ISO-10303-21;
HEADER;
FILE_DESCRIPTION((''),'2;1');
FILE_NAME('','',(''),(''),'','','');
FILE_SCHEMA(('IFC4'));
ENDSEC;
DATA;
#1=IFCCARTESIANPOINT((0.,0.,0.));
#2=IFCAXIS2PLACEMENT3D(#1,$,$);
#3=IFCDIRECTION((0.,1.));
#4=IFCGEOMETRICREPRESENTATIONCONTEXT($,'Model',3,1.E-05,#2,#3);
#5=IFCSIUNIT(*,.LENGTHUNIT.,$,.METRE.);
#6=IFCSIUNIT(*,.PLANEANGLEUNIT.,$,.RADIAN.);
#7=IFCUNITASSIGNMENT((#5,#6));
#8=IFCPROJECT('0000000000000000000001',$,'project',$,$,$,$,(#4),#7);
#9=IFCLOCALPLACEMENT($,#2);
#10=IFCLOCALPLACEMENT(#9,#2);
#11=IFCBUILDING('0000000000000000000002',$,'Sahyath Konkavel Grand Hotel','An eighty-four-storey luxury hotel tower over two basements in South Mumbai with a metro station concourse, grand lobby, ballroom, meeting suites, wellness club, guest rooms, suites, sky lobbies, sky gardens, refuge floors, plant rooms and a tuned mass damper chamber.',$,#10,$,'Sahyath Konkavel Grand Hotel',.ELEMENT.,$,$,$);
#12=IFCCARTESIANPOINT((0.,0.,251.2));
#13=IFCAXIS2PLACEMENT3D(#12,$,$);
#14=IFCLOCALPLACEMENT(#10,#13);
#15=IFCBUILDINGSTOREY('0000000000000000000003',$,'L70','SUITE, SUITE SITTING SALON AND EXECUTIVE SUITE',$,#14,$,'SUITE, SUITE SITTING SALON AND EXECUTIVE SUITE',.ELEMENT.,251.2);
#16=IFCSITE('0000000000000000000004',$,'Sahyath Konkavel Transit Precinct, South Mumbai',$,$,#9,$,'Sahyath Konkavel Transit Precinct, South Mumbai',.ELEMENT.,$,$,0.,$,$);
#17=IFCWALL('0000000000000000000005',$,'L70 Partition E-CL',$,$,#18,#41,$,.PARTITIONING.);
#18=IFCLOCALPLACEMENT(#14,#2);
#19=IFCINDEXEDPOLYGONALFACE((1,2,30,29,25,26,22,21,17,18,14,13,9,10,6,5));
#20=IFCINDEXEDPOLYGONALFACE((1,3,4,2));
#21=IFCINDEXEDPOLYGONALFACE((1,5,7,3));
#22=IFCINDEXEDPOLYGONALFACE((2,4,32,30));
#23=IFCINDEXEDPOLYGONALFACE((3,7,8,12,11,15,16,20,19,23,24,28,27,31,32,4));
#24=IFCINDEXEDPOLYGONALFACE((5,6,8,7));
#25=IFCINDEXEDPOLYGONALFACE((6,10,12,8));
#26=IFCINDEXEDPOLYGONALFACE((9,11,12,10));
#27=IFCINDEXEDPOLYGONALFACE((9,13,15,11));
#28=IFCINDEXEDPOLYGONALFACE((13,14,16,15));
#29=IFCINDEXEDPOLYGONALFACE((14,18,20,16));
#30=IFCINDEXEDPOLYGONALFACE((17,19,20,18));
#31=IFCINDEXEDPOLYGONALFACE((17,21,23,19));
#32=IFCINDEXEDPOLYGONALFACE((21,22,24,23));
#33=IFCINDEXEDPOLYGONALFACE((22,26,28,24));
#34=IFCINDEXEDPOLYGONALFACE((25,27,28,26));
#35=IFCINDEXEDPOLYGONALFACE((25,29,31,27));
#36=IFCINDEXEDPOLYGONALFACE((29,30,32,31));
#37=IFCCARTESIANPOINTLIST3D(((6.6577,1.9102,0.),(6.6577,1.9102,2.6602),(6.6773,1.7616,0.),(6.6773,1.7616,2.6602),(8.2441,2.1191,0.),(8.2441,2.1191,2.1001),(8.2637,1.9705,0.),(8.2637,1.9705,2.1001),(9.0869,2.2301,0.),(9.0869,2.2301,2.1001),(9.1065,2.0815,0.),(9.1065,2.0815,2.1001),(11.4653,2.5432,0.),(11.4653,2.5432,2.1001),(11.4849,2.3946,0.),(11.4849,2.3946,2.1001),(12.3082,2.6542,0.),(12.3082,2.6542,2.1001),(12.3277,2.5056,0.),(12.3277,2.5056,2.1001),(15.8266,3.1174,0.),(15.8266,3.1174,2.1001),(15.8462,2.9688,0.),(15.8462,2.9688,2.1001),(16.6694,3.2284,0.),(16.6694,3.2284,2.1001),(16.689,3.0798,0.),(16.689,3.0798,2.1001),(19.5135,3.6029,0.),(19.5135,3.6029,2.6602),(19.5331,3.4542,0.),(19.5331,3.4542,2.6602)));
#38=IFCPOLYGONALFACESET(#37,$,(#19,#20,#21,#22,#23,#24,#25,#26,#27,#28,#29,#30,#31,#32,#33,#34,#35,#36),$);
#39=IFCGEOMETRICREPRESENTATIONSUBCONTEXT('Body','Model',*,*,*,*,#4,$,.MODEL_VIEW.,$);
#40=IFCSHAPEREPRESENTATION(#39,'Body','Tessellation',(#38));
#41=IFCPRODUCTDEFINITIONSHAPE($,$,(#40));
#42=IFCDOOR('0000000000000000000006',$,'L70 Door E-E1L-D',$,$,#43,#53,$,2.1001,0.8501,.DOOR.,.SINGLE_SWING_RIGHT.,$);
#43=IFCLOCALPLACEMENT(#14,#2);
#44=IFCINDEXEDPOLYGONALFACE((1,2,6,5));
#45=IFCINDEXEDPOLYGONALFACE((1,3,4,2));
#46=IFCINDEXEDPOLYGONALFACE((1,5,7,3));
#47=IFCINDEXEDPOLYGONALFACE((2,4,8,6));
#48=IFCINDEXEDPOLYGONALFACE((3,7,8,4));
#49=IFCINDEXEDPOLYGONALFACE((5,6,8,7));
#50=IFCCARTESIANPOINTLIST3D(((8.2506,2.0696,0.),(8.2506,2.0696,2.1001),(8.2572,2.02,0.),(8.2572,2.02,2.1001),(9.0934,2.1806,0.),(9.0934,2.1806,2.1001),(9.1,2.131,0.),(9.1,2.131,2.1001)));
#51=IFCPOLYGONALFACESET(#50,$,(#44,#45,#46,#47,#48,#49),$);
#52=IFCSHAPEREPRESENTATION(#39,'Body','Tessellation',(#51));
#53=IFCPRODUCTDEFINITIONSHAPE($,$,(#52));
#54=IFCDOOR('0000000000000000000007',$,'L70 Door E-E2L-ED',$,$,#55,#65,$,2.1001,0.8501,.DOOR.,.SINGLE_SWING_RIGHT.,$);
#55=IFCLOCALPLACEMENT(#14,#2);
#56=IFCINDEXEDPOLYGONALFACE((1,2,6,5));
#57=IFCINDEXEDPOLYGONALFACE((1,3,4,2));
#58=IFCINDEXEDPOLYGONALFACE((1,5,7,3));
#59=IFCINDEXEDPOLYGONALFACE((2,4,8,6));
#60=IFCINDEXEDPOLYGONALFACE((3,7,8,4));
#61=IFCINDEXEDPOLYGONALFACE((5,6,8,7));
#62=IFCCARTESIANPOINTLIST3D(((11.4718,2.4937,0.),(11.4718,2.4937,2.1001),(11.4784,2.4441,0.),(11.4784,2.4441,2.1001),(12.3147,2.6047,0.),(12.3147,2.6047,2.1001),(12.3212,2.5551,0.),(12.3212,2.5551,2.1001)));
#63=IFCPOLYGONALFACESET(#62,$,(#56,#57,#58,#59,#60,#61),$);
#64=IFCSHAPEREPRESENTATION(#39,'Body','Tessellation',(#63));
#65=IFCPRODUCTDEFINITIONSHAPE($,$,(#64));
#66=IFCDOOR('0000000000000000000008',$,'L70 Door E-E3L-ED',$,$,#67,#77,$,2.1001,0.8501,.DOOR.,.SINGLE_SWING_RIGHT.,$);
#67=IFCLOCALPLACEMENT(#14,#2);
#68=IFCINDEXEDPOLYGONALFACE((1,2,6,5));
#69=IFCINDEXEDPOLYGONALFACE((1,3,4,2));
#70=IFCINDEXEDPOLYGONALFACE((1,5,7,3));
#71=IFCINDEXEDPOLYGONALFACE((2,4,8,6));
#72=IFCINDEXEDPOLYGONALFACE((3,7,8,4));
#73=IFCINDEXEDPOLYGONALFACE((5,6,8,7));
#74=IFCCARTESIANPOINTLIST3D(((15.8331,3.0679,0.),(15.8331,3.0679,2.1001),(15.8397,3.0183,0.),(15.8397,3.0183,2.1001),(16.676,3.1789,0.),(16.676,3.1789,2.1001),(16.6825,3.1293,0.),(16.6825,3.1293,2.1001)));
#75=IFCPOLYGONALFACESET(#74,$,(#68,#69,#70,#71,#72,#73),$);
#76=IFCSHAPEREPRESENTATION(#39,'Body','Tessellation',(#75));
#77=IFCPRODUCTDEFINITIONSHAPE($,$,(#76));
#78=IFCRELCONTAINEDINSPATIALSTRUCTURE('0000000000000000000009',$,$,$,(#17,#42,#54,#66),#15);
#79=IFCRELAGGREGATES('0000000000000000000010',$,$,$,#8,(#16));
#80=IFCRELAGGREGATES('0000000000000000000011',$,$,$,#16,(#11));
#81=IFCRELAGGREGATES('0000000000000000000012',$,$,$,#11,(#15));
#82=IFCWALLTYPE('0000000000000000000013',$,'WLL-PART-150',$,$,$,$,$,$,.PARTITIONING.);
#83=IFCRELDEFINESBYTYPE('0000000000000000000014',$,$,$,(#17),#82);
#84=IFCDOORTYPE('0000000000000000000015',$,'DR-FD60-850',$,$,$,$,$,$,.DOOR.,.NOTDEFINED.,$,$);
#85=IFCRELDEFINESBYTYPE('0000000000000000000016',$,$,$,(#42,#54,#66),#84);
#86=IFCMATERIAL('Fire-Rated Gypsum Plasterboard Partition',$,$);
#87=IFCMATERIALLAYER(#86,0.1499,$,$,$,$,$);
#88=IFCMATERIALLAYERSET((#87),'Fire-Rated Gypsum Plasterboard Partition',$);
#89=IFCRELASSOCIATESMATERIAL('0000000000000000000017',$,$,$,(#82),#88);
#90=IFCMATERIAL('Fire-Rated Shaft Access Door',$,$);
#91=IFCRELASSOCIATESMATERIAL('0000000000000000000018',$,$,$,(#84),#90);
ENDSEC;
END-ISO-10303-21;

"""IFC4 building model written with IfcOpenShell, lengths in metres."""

from ifc_helpers import new_model, si_unit, direction, frame, frame_2d, origin, origin_2d, place, context, subcontext, project, spatial, rectangle, extrude, source, transform, mapped, material, layer, layer_set, type_object, element, fill, save


model = new_model("IFC4")

# Units and contexts
model_context = context("Model", 3, precision=1e-05, world=origin(), true_north=direction((0.0, 1.0)))
body_context = subcontext(model_context, "Body", "Model", "MODEL_VIEW")
ifc_project = project(units=[si_unit("LENGTHUNIT", "METRE"), si_unit("PLANEANGLEUNIT", "RADIAN")], contexts=[model_context])

# Site, building, storey
site_placement = place(None, origin())
site = spatial("IfcSite", under=ifc_project, at=site_placement, Name="Sahyath Konkavel Transit Precinct, South Mumbai", LongName="Sahyath Konkavel Transit Precinct, South Mumbai", CompositionType="ELEMENT", RefElevation=0.0)
building_placement = place(site_placement, origin())
building = spatial("IfcBuilding", under=site, at=building_placement, Name="Sahyath Konkavel Grand Hotel", Description="An eighty-four-storey luxury hotel tower over two basements in South Mumbai with a metro station concourse, grand lobby, ballroom, meeting suites, wellness club, guest rooms, suites, sky lobbies, sky gardens, refuge floors, plant rooms and a tuned mass damper chamber.", LongName="Sahyath Konkavel Grand Hotel", CompositionType="ELEMENT")
storey_placement = place(building_placement, frame((0.0, 0.0, 251.2)))
storey = spatial("IfcBuildingStorey", under=building, at=storey_placement, Name="L70", Description="SUITE, SUITE SITTING SALON AND EXECUTIVE SUITE", LongName="SUITE, SUITE SITTING SALON AND EXECUTIVE SUITE", CompositionType="ELEMENT", Elevation=251.2)

# Wall, openings, doors
ifc_material_1 = material(Name="Fire-Rated Gypsum Plasterboard Partition")
ifc_layer_1 = layer(ifc_material_1, 0.1499)
ifc_layer_set_1 = layer_set([ifc_layer_1], Name="Fire-Rated Gypsum Plasterboard Partition")
wall_type_1 = type_object("IfcWallType", Name="WLL-PART-150", PredefinedType="PARTITIONING", material=ifc_layer_set_1)
wall_1_placement = place(storey_placement, frame((6.6675, 1.8359, 0.0), z_axis=(0.0, 0.0, 1.0), x_axis=(0.991444, 0.130534, 0.0)))
wall_1 = element("IfcWall", 1, at=wall_1_placement, inside=storey, type_object=wall_type_1, Name="L70 Partition E-CL", PredefinedType="PARTITIONING", context=body_context, shape_type="SweptSolid", body=[
    extrude(rectangle(XDim=12.9668, YDim=0.1499, at=frame_2d((6.4834, 0.0))), origin(), (0.0, 0.0, 1.0), 2.6602),
])
opening_1_placement = place(wall_1_placement, frame((1.6001, 0.0, 0.0)))
opening_1 = element("IfcOpeningElement", 2, at=opening_1_placement, cuts=wall_1, PredefinedType="OPENING", context=body_context, shape_type="SweptSolid", body=[
    extrude(rectangle(XDim=0.8501, YDim=2.1001, at=frame_2d((0.425, 1.05))), frame((0.0, 0.085, 0.0), z_axis=(0.0, -1.0, 0.0), x_axis=(1.0, 0.0, 0.0)), (0.0, 0.0, 1.0), 0.1699),
])
opening_2_placement = place(wall_1_placement, frame((4.8491, 0.0, 0.0)))
opening_2 = element("IfcOpeningElement", 3, at=opening_2_placement, cuts=wall_1, PredefinedType="OPENING", context=body_context, shape_type="SweptSolid", body=[
    extrude(rectangle(XDim=0.8501, YDim=2.1001, at=frame_2d((0.425, 1.05))), frame((0.0, 0.085, 0.0), z_axis=(0.0, -1.0, 0.0), x_axis=(1.0, 0.0, 0.0)), (0.0, 0.0, 1.0), 0.1699),
])
opening_3_placement = place(wall_1_placement, frame((9.248, 0.0, 0.0)))
opening_3 = element("IfcOpeningElement", 4, at=opening_3_placement, cuts=wall_1, PredefinedType="OPENING", context=body_context, shape_type="SweptSolid", body=[
    extrude(rectangle(XDim=0.8501, YDim=2.1001, at=frame_2d((0.425, 1.05))), frame((0.0, 0.085, 0.0), z_axis=(0.0, -1.0, 0.0), x_axis=(1.0, 0.0, 0.0)), (0.0, 0.0, 1.0), 0.1699),
])
ifc_material_2 = material(Name="Fire-Rated Shaft Access Door")
door_type_1 = type_object("IfcDoorType", Name="DR-FD60-850", OperationType="NOTDEFINED", PredefinedType="DOOR", material=ifc_material_2)
shared_shape_1 = source(origin(), body_context, "Body", "SweptSolid", [
    extrude(rectangle(XDim=0.8501, YDim=0.05, at=origin_2d()), origin(), (0.0, 0.0, 1.0), 2.1001),
])
door_1_placement = place(opening_1_placement, frame((0.425, 0.0, 0.0)))
door_1 = element("IfcDoor", 5, at=door_1_placement, inside=storey, type_object=door_type_1, Name="L70 Door E-E1L-D", OperationType="SINGLE_SWING_RIGHT", OverallHeight=2.1001, OverallWidth=0.8501, PredefinedType="DOOR", context=body_context, shape_type="MappedRepresentation", body=[
    mapped(shared_shape_1, transform((0.0, 0.0, 0.0), scale=1.0)),
])
fill(opening_1, door_1)
door_2_placement = place(opening_2_placement, frame((0.425, 0.0, 0.0)))
door_2 = element("IfcDoor", 6, at=door_2_placement, inside=storey, type_object=door_type_1, Name="L70 Door E-E2L-ED", OperationType="SINGLE_SWING_RIGHT", OverallHeight=2.1001, OverallWidth=0.8501, PredefinedType="DOOR", context=body_context, shape_type="MappedRepresentation", body=[
    mapped(shared_shape_1, transform((0.0, 0.0, 0.0), scale=1.0)),
])
fill(opening_2, door_2)
door_3_placement = place(opening_3_placement, frame((0.425, 0.0, 0.0)))
door_3 = element("IfcDoor", 7, at=door_3_placement, inside=storey, type_object=door_type_1, Name="L70 Door E-E3L-ED", OperationType="SINGLE_SWING_RIGHT", OverallHeight=2.1001, OverallWidth=0.8501, PredefinedType="DOOR", context=body_context, shape_type="MappedRepresentation", body=[
    mapped(shared_shape_1, transform((0.0, 0.0, 0.0), scale=1.0)),
])
fill(opening_3, door_3)

save(model, "model.ifc")
